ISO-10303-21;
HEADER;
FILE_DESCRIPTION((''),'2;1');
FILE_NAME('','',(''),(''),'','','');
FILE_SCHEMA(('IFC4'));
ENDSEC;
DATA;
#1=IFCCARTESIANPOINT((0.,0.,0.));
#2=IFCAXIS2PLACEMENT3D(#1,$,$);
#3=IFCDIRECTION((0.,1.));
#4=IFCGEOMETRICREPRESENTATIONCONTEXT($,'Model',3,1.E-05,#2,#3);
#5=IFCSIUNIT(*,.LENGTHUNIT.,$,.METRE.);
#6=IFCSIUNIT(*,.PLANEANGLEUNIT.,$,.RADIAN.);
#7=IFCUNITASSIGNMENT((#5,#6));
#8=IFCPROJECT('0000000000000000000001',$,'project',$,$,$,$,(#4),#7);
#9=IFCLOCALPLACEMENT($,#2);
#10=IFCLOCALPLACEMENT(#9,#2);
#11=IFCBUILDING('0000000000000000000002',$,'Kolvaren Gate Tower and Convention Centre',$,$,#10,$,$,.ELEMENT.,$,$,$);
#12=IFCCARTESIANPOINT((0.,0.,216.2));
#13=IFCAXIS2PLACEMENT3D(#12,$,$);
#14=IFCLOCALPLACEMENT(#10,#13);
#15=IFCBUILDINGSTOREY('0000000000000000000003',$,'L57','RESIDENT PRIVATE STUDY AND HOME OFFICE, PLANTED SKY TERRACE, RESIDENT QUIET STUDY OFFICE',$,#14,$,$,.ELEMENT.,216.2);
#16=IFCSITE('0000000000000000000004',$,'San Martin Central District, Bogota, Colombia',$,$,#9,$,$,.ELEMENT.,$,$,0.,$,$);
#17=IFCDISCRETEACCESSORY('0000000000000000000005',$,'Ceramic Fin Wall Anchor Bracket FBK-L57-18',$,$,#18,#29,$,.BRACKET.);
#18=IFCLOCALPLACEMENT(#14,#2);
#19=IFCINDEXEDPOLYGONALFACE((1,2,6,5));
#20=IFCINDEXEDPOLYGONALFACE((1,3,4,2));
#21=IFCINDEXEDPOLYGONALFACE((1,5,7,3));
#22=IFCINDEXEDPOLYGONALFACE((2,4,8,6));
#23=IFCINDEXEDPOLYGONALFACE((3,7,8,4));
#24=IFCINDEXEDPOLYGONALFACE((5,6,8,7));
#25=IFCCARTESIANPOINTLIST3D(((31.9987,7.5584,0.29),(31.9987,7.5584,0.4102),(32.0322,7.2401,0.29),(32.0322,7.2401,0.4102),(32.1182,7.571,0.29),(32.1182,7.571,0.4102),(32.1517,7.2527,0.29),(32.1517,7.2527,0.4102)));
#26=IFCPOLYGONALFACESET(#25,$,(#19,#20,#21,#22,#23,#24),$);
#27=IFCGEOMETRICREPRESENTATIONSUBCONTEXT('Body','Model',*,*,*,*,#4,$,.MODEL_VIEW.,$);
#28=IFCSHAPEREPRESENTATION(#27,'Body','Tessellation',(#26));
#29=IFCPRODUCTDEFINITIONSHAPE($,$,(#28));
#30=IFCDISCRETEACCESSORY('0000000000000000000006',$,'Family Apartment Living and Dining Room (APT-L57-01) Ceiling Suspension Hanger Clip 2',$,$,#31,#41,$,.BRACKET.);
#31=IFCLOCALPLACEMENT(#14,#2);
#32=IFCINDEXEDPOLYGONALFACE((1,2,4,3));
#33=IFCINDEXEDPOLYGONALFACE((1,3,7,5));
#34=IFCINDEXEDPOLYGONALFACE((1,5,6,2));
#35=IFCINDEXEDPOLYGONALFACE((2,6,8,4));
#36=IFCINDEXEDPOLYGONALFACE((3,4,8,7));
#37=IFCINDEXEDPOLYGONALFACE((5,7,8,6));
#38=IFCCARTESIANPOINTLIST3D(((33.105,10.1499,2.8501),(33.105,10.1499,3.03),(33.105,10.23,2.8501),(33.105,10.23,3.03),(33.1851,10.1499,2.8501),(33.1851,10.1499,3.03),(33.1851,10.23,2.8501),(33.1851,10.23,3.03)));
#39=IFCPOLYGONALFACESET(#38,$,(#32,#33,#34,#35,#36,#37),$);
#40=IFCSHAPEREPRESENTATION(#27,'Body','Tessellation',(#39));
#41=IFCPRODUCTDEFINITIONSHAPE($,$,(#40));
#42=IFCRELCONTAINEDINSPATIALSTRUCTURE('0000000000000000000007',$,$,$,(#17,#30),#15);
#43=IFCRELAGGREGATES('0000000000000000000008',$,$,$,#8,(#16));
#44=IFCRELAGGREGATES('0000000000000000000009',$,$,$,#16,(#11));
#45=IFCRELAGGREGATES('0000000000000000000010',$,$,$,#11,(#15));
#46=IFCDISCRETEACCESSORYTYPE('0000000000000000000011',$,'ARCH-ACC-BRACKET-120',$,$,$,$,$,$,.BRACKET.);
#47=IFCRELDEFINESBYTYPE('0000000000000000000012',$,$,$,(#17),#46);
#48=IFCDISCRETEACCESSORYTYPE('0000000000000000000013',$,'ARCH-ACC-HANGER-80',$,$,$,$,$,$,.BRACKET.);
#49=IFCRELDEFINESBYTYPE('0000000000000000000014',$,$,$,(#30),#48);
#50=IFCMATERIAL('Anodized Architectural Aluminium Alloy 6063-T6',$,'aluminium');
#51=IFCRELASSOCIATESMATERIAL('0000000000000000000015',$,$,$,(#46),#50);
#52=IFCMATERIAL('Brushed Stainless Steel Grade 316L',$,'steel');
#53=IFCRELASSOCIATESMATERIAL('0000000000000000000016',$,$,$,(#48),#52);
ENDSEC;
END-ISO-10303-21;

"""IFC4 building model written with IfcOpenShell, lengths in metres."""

from ifc_helpers import new_model, si_unit, direction, frame, origin, origin_2d, place, context, subcontext, project, spatial, rectangle, extrude, material, type_object, element, save


model = new_model("IFC4")

# Units and contexts
model_context = context("Model", 3, precision=1e-05, world=origin(), true_north=direction((0.0, 1.0)))
body_context = subcontext(model_context, "Body", "Model", "MODEL_VIEW")
ifc_project = project(units=[si_unit("LENGTHUNIT", "METRE"), si_unit("PLANEANGLEUNIT", "RADIAN")], contexts=[model_context])

# Site, building, storey
site_placement = place(None, origin())
site = spatial("IfcSite", under=ifc_project, at=site_placement, Name="San Martin Central District, Bogota, Colombia", CompositionType="ELEMENT", RefElevation=0.0)
building_placement = place(site_placement, origin())
building = spatial("IfcBuilding", under=site, at=building_placement, Name="Kolvaren Gate Tower and Convention Centre", CompositionType="ELEMENT")
storey_placement = place(building_placement, frame((0.0, 0.0, 216.2)))
storey = spatial("IfcBuildingStorey", under=building, at=storey_placement, Name="L57", Description="RESIDENT PRIVATE STUDY AND HOME OFFICE, PLANTED SKY TERRACE, RESIDENT QUIET STUDY OFFICE", CompositionType="ELEMENT", Elevation=216.2)

# Discrete accessories
ifc_material_1 = material(Name="Anodized Architectural Aluminium Alloy 6063-T6", Category="aluminium")
discrete_accessory_type_1 = type_object("IfcDiscreteAccessoryType", Name="ARCH-ACC-BRACKET-120", PredefinedType="BRACKET", material=ifc_material_1)
discrete_accessory_1_placement = place(storey_placement, frame((32.0752, 7.4055, 0.29), z_axis=(0.0, 0.0, 1.0), x_axis=(0.994499, 0.104747, 0.0)))
element("IfcDiscreteAccessory", 1, at=discrete_accessory_1_placement, inside=storey, type_object=discrete_accessory_type_1, Name="Ceramic Fin Wall Anchor Bracket FBK-L57-18", PredefinedType="BRACKET", context=body_context, shape_type="SweptSolid", body=[
    extrude(rectangle(XDim=0.1201, YDim=0.3201, at=origin_2d()), origin(), (0.0, 0.0, 1.0), 0.1201),
])
ifc_material_2 = material(Name="Brushed Stainless Steel Grade 316L", Category="steel")
discrete_accessory_type_2 = type_object("IfcDiscreteAccessoryType", Name="ARCH-ACC-HANGER-80", PredefinedType="BRACKET", material=ifc_material_2)
discrete_accessory_2_placement = place(storey_placement, frame((33.145, 10.1899, 2.8501), z_axis=(0.0, 0.0, 1.0), x_axis=(1.0, 0.0, 0.0)))
element("IfcDiscreteAccessory", 2, at=discrete_accessory_2_placement, inside=storey, type_object=discrete_accessory_type_2, Name="Family Apartment Living and Dining Room (APT-L57-01) Ceiling Suspension Hanger Clip 2", PredefinedType="BRACKET", context=body_context, shape_type="SweptSolid", body=[
    extrude(rectangle(XDim=0.0801, YDim=0.0801, at=origin_2d()), origin(), (0.0, 0.0, 1.0), 0.1799),
])

save(model, "model.ifc")
